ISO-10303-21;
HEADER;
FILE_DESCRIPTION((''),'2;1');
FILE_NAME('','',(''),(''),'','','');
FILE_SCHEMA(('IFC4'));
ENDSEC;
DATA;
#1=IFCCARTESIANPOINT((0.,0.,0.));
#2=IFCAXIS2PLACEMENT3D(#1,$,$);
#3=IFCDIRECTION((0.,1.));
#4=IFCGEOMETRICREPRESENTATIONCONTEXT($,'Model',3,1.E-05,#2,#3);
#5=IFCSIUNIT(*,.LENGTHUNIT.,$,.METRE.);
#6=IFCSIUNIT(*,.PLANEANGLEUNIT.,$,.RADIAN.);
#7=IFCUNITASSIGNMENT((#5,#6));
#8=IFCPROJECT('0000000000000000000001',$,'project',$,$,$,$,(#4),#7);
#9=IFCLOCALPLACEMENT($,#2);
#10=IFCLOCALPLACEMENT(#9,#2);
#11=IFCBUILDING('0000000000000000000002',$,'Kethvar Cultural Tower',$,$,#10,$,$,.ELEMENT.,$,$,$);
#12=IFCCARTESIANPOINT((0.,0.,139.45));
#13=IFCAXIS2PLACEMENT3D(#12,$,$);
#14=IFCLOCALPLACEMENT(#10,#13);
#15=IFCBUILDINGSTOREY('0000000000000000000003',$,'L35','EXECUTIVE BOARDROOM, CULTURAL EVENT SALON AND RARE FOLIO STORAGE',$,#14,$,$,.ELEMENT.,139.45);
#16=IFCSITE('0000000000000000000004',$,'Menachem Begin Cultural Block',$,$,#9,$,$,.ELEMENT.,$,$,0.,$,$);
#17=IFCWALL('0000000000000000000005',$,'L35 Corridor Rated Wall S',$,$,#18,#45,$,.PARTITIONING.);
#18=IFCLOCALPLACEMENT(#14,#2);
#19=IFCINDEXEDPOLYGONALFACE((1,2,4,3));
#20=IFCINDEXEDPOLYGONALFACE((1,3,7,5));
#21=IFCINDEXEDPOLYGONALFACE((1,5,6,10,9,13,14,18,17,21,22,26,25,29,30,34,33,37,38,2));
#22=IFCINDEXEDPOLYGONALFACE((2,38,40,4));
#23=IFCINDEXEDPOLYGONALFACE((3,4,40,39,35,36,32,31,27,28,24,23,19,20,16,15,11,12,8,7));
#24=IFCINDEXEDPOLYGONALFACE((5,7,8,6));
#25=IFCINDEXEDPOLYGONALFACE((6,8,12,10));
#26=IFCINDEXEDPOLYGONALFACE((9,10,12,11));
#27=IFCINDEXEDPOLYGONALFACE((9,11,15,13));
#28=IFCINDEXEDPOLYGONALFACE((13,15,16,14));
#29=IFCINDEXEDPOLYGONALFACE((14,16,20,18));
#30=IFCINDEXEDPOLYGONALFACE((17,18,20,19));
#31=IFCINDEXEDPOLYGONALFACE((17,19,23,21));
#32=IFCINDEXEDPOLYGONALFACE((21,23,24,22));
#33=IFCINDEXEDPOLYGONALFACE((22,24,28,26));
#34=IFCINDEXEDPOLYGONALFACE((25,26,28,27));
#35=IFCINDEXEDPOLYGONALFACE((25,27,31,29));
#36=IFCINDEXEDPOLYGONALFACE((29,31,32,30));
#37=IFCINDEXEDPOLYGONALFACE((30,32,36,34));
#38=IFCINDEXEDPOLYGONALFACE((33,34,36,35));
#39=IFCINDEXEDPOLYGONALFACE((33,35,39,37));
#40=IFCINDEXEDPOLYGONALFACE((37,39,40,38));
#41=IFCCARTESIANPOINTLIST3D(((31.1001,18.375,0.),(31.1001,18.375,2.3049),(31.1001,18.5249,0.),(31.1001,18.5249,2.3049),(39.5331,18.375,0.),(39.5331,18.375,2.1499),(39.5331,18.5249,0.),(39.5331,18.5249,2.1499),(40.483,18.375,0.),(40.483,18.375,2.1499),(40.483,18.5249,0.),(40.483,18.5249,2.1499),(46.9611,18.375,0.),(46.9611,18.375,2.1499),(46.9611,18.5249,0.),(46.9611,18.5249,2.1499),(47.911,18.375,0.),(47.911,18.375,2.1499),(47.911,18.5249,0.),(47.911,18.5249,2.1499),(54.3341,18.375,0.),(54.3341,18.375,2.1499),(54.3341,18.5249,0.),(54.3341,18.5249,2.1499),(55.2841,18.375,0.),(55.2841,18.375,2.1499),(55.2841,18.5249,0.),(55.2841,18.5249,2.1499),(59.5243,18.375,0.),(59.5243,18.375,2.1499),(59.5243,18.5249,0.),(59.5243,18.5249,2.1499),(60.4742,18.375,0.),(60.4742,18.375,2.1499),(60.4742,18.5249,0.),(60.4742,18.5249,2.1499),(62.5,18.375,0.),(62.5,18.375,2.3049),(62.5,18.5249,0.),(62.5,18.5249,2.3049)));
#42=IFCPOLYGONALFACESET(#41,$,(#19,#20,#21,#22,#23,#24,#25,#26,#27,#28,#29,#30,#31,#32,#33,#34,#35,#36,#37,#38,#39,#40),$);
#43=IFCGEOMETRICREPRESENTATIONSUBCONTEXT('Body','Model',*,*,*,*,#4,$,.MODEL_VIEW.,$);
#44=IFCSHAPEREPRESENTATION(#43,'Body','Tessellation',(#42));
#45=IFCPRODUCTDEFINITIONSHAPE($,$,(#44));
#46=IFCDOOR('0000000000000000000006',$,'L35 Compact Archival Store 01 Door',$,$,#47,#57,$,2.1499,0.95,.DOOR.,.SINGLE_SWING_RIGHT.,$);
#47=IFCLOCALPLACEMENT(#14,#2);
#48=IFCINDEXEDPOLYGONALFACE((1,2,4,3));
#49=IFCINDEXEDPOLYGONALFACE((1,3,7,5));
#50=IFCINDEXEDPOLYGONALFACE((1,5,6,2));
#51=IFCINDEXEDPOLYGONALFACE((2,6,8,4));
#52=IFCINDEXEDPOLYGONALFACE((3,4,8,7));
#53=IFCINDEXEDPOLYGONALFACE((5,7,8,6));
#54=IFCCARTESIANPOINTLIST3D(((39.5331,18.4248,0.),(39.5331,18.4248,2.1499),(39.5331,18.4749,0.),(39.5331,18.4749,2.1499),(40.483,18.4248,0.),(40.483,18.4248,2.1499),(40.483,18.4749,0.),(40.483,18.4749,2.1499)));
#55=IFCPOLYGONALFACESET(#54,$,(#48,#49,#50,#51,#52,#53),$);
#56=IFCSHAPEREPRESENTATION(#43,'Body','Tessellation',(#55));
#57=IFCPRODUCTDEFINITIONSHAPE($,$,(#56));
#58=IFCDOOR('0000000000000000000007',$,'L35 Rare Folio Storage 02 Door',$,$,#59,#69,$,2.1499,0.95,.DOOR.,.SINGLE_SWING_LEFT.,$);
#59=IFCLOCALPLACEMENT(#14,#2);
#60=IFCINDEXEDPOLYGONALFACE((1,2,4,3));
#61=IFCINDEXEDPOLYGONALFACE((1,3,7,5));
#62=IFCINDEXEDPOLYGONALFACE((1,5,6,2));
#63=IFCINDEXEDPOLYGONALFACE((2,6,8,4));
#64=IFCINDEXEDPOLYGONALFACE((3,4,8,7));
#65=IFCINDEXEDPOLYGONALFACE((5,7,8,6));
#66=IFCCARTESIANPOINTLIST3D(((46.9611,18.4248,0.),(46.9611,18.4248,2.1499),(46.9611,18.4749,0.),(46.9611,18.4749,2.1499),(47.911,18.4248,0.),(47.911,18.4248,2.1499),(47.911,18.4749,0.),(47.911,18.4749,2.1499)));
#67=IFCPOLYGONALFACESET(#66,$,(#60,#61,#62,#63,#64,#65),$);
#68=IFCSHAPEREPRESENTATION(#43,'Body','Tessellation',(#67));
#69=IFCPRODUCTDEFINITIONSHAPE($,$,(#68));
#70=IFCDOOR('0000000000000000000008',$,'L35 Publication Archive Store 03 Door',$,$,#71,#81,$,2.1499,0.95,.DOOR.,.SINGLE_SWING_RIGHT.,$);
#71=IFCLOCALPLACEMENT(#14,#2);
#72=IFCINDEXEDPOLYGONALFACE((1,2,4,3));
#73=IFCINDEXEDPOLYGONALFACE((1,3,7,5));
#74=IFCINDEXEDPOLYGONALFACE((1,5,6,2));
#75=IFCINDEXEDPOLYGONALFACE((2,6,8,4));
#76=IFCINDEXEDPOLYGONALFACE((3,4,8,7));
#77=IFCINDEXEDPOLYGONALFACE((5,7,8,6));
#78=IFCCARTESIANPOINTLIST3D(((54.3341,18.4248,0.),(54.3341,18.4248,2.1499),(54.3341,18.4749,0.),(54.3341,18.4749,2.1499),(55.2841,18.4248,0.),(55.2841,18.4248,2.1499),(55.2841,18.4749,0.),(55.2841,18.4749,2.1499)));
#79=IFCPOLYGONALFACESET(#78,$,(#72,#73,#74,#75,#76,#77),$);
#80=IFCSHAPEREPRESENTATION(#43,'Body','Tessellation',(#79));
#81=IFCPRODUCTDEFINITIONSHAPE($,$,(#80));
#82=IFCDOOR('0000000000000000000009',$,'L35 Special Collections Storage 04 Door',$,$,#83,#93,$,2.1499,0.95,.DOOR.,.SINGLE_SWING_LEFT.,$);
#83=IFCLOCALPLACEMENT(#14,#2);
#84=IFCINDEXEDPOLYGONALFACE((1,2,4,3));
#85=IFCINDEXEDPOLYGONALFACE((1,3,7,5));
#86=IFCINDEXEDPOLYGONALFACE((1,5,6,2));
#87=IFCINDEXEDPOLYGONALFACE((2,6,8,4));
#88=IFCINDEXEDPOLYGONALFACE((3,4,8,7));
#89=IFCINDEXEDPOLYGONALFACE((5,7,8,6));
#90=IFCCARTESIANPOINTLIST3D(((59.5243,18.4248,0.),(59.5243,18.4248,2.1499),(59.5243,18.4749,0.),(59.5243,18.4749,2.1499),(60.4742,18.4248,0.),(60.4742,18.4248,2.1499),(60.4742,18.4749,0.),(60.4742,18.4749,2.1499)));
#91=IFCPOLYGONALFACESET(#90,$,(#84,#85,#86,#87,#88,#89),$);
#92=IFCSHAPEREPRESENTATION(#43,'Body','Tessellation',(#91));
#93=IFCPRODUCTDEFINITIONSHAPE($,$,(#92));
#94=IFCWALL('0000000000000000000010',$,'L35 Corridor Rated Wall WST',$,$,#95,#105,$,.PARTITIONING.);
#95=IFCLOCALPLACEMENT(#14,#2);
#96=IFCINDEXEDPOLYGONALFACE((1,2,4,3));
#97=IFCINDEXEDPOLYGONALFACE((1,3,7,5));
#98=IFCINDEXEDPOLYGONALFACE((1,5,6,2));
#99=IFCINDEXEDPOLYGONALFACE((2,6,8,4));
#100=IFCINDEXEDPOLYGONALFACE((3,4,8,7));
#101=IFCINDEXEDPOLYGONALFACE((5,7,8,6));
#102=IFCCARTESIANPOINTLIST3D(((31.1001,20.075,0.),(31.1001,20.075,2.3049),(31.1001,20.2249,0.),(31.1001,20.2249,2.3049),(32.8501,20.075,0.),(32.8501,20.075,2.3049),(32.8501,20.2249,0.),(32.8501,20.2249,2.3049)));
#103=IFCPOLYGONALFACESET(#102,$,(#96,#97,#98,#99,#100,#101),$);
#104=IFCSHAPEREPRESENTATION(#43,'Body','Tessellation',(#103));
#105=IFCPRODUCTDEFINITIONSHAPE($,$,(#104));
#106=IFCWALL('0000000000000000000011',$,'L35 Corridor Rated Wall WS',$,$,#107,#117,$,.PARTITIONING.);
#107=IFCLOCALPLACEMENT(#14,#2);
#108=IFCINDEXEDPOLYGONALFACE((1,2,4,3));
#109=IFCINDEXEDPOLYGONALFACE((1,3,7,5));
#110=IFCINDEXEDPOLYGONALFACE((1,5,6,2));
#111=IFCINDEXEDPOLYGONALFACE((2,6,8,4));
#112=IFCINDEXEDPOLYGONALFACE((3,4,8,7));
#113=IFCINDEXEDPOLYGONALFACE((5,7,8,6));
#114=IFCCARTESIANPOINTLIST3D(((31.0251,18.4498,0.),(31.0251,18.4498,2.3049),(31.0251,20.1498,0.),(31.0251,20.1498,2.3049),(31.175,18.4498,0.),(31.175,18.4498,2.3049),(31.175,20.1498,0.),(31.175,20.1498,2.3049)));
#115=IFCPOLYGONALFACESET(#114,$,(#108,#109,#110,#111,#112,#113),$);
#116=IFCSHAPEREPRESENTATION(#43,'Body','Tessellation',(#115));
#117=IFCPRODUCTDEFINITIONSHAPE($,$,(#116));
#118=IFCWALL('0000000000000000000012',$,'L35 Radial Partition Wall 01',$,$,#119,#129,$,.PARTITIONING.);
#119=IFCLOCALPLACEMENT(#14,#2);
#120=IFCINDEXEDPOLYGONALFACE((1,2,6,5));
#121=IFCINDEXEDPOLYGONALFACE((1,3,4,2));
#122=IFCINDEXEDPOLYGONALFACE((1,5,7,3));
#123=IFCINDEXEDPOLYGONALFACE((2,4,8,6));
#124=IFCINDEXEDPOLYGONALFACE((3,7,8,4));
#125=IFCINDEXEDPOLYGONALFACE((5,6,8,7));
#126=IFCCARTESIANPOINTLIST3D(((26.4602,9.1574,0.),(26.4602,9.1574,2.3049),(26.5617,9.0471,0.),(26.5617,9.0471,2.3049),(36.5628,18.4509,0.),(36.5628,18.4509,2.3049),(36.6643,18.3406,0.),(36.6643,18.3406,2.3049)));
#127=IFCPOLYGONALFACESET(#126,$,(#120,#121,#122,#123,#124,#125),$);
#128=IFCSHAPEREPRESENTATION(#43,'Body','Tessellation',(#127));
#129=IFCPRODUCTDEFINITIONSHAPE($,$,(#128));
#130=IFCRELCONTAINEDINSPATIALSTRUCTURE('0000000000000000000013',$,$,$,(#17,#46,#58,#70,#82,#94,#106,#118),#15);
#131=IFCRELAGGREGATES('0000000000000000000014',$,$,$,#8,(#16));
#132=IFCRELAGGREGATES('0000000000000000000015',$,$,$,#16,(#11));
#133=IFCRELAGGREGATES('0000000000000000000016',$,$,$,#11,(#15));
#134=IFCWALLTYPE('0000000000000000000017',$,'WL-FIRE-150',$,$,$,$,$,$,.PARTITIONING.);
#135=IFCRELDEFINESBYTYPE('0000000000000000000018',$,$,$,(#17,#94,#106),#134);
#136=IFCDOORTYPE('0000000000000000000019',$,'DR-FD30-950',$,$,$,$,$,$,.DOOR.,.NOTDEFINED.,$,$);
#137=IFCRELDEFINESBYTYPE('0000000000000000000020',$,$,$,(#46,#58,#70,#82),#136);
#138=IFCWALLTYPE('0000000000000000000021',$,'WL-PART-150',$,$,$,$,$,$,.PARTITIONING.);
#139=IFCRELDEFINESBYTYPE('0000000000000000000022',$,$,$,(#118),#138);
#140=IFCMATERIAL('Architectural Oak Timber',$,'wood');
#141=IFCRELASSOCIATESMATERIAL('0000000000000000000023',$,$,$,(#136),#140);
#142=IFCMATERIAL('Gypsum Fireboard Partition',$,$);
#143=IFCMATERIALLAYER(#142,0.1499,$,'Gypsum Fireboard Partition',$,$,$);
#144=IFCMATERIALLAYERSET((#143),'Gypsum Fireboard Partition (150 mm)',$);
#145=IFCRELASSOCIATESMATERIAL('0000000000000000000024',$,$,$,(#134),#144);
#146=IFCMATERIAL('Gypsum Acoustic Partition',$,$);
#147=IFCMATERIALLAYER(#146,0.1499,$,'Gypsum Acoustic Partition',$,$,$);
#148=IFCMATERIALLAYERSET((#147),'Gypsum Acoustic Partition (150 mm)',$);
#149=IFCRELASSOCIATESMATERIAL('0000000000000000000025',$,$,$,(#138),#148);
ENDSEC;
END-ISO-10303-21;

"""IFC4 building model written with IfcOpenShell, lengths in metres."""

from ifc_helpers import new_model, si_unit, direction, frame, frame_2d, origin, place, context, subcontext, project, spatial, rectangle, extrude, source, transform, mapped, material, layer, layer_set, type_object, element, fill, save


model = new_model("IFC4")

# Units and contexts
model_context = context("Model", 3, precision=1e-05, world=origin(), true_north=direction((0.0, 1.0)))
body_context = subcontext(model_context, "Body", "Model", "MODEL_VIEW")
ifc_project = project(units=[si_unit("LENGTHUNIT", "METRE"), si_unit("PLANEANGLEUNIT", "RADIAN")], contexts=[model_context])

# Site, building, storey
site_placement = place(None, origin())
site = spatial("IfcSite", under=ifc_project, at=site_placement, Name="Menachem Begin Cultural Block", CompositionType="ELEMENT", RefElevation=0.0)
building_placement = place(site_placement, origin())
building = spatial("IfcBuilding", under=site, at=building_placement, Name="Kethvar Cultural Tower", CompositionType="ELEMENT")
storey_placement = place(building_placement, frame((0.0, 0.0, 139.45)))
storey = spatial("IfcBuildingStorey", under=building, at=storey_placement, Name="L35", Description="EXECUTIVE BOARDROOM, CULTURAL EVENT SALON AND RARE FOLIO STORAGE", CompositionType="ELEMENT", Elevation=139.45)

# Wall, openings, doors
ifc_material_1 = material(Name="Architectural Oak Timber", Category="wood")
door_type_1 = type_object("IfcDoorType", Name="DR-FD30-950", OperationType="NOTDEFINED", PredefinedType="DOOR", material=ifc_material_1)
shared_shape_1 = source(origin(), body_context, "Body", "SweptSolid", [
    extrude(rectangle(XDim=0.95, YDim=2.1499, at=frame_2d((0.4751, 1.075))), frame((0.0, 0.0249, 0.0), z_axis=(0.0, -1.0, 0.0), x_axis=(1.0, 0.0, 0.0)), (0.0, 0.0, 1.0), 0.05),
])
ifc_material_2 = material(Name="Gypsum Fireboard Partition")
ifc_layer_1 = layer(ifc_material_2, 0.1499, Name="Gypsum Fireboard Partition")
ifc_layer_set_1 = layer_set([ifc_layer_1], Name="Gypsum Fireboard Partition (150 mm)")
wall_type_1 = type_object("IfcWallType", Name="WL-FIRE-150", PredefinedType="PARTITIONING", material=ifc_layer_set_1)
wall_1_placement = place(storey_placement, frame((31.1001, 18.45, 0.0), z_axis=(0.0, 0.0, 1.0), x_axis=(1.0, 0.0, 0.0)))
wall_1 = element("IfcWall", 1, at=wall_1_placement, inside=storey, type_object=wall_type_1, Name="L35 Corridor Rated Wall S", PredefinedType="PARTITIONING", context=body_context, shape_type="SweptSolid", body=[
    extrude(rectangle(XDim=31.3999, YDim=0.1499, at=frame_2d((15.7, 0.0))), origin(), (0.0, 0.0, 1.0), 2.3049),
])
opening_1_placement = place(wall_1_placement, frame((8.4329, 0.0, 0.0)))
opening_1 = element("IfcOpeningElement", 2, at=opening_1_placement, cuts=wall_1, PredefinedType="OPENING", context=body_context, shape_type="SweptSolid", body=[
    extrude(rectangle(XDim=0.95, YDim=2.1499, at=frame_2d((0.4751, 1.075))), frame((0.0, 0.085, 0.0), z_axis=(0.0, -1.0, 0.0), x_axis=(1.0, 0.0, 0.0)), (0.0, 0.0, 1.0), 0.1699),
])
opening_2_placement = place(wall_1_placement, frame((15.8608, 0.0, 0.0)))
opening_2 = element("IfcOpeningElement", 3, at=opening_2_placement, cuts=wall_1, PredefinedType="OPENING", context=body_context, shape_type="SweptSolid", body=[
    extrude(rectangle(XDim=0.95, YDim=2.1499, at=frame_2d((0.4751, 1.075))), frame((0.0, 0.085, 0.0), z_axis=(0.0, -1.0, 0.0), x_axis=(1.0, 0.0, 0.0)), (0.0, 0.0, 1.0), 0.1699),
])
opening_3_placement = place(wall_1_placement, frame((23.2339, 0.0, 0.0)))
opening_3 = element("IfcOpeningElement", 4, at=opening_3_placement, cuts=wall_1, PredefinedType="OPENING", context=body_context, shape_type="SweptSolid", body=[
    extrude(rectangle(XDim=0.95, YDim=2.1499, at=frame_2d((0.4751, 1.075))), frame((0.0, 0.085, 0.0), z_axis=(0.0, -1.0, 0.0), x_axis=(1.0, 0.0, 0.0)), (0.0, 0.0, 1.0), 0.1699),
])
opening_4_placement = place(wall_1_placement, frame((28.4241, 0.0, 0.0)))
opening_4 = element("IfcOpeningElement", 5, at=opening_4_placement, cuts=wall_1, PredefinedType="OPENING", context=body_context, shape_type="SweptSolid", body=[
    extrude(rectangle(XDim=0.95, YDim=2.1499, at=frame_2d((0.4751, 1.075))), frame((0.0, 0.085, 0.0), z_axis=(0.0, -1.0, 0.0), x_axis=(1.0, 0.0, 0.0)), (0.0, 0.0, 1.0), 0.1699),
])
door_1_placement = place(opening_1_placement, origin())
door_1 = element("IfcDoor", 6, at=door_1_placement, inside=storey, type_object=door_type_1, Name="L35 Compact Archival Store 01 Door", OperationType="SINGLE_SWING_RIGHT", OverallHeight=2.1499, OverallWidth=0.95, PredefinedType="DOOR", context=body_context, shape_type="MappedRepresentation", body=[
    mapped(shared_shape_1, transform((0.0, 0.0, 0.0), scale=1.0)),
])
fill(opening_1, door_1)
door_2_placement = place(opening_2_placement, origin())
door_2 = element("IfcDoor", 7, at=door_2_placement, inside=storey, type_object=door_type_1, Name="L35 Rare Folio Storage 02 Door", OperationType="SINGLE_SWING_LEFT", OverallHeight=2.1499, OverallWidth=0.95, PredefinedType="DOOR", context=body_context, shape_type="MappedRepresentation", body=[
    mapped(shared_shape_1, transform((0.0, 0.0, 0.0), scale=1.0)),
])
fill(opening_2, door_2)
door_3_placement = place(opening_3_placement, origin())
door_3 = element("IfcDoor", 8, at=door_3_placement, inside=storey, type_object=door_type_1, Name="L35 Publication Archive Store 03 Door", OperationType="SINGLE_SWING_RIGHT", OverallHeight=2.1499, OverallWidth=0.95, PredefinedType="DOOR", context=body_context, shape_type="MappedRepresentation", body=[
    mapped(shared_shape_1, transform((0.0, 0.0, 0.0), scale=1.0)),
])
fill(opening_3, door_3)
door_4_placement = place(opening_4_placement, origin())
door_4 = element("IfcDoor", 9, at=door_4_placement, inside=storey, type_object=door_type_1, Name="L35 Special Collections Storage 04 Door", OperationType="SINGLE_SWING_LEFT", OverallHeight=2.1499, OverallWidth=0.95, PredefinedType="DOOR", context=body_context, shape_type="MappedRepresentation", body=[
    mapped(shared_shape_1, transform((0.0, 0.0, 0.0), scale=1.0)),
])
fill(opening_4, door_4)

# Walls
wall_2_placement = place(storey_placement, frame((32.8501, 20.1499, 0.0), z_axis=(0.0, 0.0, 1.0), x_axis=(-1.0, 0.0, 0.0)))
element("IfcWall", 10, at=wall_2_placement, inside=storey, type_object=wall_type_1, Name="L35 Corridor Rated Wall WST", PredefinedType="PARTITIONING", context=body_context, shape_type="SweptSolid", body=[
    extrude(rectangle(XDim=1.75, YDim=0.1499, at=frame_2d((0.875, 0.0))), origin(), (0.0, 0.0, 1.0), 2.3049),
])
wall_3_placement = place(storey_placement, frame((31.1001, 20.1499, 0.0), z_axis=(0.0, 0.0, 1.0), x_axis=(0.0, -1.0, 0.0)))
element("IfcWall", 11, at=wall_3_placement, inside=storey, type_object=wall_type_1, Name="L35 Corridor Rated Wall WS", PredefinedType="PARTITIONING", context=body_context, shape_type="SweptSolid", body=[
    extrude(rectangle(XDim=1.7, YDim=0.1499, at=frame_2d((0.8501, 0.0))), origin(), (0.0, 0.0, 1.0), 2.3049),
])
ifc_material_3 = material(Name="Gypsum Acoustic Partition")
ifc_layer_2 = layer(ifc_material_3, 0.1499, Name="Gypsum Acoustic Partition")
ifc_layer_set_2 = layer_set([ifc_layer_2], Name="Gypsum Acoustic Partition (150 mm)")
wall_type_2 = type_object("IfcWallType", Name="WL-PART-150", PredefinedType="PARTITIONING", material=ifc_layer_set_2)
wall_4_placement = place(storey_placement, frame((36.6135, 18.3958, 0.0), z_axis=(0.0, 0.0, 1.0), x_axis=(-0.735963, -0.677022, 0.0)))
element("IfcWall", 12, at=wall_4_placement, inside=storey, type_object=wall_type_2, Name="L35 Radial Partition Wall 01", PredefinedType="PARTITIONING", context=body_context, shape_type="SweptSolid", body=[
    extrude(rectangle(XDim=13.7271, YDim=0.1499, at=frame_2d((6.8635, 0.0))), origin(), (0.0, 0.0, 1.0), 2.3049),
])

save(model, "model.ifc")
